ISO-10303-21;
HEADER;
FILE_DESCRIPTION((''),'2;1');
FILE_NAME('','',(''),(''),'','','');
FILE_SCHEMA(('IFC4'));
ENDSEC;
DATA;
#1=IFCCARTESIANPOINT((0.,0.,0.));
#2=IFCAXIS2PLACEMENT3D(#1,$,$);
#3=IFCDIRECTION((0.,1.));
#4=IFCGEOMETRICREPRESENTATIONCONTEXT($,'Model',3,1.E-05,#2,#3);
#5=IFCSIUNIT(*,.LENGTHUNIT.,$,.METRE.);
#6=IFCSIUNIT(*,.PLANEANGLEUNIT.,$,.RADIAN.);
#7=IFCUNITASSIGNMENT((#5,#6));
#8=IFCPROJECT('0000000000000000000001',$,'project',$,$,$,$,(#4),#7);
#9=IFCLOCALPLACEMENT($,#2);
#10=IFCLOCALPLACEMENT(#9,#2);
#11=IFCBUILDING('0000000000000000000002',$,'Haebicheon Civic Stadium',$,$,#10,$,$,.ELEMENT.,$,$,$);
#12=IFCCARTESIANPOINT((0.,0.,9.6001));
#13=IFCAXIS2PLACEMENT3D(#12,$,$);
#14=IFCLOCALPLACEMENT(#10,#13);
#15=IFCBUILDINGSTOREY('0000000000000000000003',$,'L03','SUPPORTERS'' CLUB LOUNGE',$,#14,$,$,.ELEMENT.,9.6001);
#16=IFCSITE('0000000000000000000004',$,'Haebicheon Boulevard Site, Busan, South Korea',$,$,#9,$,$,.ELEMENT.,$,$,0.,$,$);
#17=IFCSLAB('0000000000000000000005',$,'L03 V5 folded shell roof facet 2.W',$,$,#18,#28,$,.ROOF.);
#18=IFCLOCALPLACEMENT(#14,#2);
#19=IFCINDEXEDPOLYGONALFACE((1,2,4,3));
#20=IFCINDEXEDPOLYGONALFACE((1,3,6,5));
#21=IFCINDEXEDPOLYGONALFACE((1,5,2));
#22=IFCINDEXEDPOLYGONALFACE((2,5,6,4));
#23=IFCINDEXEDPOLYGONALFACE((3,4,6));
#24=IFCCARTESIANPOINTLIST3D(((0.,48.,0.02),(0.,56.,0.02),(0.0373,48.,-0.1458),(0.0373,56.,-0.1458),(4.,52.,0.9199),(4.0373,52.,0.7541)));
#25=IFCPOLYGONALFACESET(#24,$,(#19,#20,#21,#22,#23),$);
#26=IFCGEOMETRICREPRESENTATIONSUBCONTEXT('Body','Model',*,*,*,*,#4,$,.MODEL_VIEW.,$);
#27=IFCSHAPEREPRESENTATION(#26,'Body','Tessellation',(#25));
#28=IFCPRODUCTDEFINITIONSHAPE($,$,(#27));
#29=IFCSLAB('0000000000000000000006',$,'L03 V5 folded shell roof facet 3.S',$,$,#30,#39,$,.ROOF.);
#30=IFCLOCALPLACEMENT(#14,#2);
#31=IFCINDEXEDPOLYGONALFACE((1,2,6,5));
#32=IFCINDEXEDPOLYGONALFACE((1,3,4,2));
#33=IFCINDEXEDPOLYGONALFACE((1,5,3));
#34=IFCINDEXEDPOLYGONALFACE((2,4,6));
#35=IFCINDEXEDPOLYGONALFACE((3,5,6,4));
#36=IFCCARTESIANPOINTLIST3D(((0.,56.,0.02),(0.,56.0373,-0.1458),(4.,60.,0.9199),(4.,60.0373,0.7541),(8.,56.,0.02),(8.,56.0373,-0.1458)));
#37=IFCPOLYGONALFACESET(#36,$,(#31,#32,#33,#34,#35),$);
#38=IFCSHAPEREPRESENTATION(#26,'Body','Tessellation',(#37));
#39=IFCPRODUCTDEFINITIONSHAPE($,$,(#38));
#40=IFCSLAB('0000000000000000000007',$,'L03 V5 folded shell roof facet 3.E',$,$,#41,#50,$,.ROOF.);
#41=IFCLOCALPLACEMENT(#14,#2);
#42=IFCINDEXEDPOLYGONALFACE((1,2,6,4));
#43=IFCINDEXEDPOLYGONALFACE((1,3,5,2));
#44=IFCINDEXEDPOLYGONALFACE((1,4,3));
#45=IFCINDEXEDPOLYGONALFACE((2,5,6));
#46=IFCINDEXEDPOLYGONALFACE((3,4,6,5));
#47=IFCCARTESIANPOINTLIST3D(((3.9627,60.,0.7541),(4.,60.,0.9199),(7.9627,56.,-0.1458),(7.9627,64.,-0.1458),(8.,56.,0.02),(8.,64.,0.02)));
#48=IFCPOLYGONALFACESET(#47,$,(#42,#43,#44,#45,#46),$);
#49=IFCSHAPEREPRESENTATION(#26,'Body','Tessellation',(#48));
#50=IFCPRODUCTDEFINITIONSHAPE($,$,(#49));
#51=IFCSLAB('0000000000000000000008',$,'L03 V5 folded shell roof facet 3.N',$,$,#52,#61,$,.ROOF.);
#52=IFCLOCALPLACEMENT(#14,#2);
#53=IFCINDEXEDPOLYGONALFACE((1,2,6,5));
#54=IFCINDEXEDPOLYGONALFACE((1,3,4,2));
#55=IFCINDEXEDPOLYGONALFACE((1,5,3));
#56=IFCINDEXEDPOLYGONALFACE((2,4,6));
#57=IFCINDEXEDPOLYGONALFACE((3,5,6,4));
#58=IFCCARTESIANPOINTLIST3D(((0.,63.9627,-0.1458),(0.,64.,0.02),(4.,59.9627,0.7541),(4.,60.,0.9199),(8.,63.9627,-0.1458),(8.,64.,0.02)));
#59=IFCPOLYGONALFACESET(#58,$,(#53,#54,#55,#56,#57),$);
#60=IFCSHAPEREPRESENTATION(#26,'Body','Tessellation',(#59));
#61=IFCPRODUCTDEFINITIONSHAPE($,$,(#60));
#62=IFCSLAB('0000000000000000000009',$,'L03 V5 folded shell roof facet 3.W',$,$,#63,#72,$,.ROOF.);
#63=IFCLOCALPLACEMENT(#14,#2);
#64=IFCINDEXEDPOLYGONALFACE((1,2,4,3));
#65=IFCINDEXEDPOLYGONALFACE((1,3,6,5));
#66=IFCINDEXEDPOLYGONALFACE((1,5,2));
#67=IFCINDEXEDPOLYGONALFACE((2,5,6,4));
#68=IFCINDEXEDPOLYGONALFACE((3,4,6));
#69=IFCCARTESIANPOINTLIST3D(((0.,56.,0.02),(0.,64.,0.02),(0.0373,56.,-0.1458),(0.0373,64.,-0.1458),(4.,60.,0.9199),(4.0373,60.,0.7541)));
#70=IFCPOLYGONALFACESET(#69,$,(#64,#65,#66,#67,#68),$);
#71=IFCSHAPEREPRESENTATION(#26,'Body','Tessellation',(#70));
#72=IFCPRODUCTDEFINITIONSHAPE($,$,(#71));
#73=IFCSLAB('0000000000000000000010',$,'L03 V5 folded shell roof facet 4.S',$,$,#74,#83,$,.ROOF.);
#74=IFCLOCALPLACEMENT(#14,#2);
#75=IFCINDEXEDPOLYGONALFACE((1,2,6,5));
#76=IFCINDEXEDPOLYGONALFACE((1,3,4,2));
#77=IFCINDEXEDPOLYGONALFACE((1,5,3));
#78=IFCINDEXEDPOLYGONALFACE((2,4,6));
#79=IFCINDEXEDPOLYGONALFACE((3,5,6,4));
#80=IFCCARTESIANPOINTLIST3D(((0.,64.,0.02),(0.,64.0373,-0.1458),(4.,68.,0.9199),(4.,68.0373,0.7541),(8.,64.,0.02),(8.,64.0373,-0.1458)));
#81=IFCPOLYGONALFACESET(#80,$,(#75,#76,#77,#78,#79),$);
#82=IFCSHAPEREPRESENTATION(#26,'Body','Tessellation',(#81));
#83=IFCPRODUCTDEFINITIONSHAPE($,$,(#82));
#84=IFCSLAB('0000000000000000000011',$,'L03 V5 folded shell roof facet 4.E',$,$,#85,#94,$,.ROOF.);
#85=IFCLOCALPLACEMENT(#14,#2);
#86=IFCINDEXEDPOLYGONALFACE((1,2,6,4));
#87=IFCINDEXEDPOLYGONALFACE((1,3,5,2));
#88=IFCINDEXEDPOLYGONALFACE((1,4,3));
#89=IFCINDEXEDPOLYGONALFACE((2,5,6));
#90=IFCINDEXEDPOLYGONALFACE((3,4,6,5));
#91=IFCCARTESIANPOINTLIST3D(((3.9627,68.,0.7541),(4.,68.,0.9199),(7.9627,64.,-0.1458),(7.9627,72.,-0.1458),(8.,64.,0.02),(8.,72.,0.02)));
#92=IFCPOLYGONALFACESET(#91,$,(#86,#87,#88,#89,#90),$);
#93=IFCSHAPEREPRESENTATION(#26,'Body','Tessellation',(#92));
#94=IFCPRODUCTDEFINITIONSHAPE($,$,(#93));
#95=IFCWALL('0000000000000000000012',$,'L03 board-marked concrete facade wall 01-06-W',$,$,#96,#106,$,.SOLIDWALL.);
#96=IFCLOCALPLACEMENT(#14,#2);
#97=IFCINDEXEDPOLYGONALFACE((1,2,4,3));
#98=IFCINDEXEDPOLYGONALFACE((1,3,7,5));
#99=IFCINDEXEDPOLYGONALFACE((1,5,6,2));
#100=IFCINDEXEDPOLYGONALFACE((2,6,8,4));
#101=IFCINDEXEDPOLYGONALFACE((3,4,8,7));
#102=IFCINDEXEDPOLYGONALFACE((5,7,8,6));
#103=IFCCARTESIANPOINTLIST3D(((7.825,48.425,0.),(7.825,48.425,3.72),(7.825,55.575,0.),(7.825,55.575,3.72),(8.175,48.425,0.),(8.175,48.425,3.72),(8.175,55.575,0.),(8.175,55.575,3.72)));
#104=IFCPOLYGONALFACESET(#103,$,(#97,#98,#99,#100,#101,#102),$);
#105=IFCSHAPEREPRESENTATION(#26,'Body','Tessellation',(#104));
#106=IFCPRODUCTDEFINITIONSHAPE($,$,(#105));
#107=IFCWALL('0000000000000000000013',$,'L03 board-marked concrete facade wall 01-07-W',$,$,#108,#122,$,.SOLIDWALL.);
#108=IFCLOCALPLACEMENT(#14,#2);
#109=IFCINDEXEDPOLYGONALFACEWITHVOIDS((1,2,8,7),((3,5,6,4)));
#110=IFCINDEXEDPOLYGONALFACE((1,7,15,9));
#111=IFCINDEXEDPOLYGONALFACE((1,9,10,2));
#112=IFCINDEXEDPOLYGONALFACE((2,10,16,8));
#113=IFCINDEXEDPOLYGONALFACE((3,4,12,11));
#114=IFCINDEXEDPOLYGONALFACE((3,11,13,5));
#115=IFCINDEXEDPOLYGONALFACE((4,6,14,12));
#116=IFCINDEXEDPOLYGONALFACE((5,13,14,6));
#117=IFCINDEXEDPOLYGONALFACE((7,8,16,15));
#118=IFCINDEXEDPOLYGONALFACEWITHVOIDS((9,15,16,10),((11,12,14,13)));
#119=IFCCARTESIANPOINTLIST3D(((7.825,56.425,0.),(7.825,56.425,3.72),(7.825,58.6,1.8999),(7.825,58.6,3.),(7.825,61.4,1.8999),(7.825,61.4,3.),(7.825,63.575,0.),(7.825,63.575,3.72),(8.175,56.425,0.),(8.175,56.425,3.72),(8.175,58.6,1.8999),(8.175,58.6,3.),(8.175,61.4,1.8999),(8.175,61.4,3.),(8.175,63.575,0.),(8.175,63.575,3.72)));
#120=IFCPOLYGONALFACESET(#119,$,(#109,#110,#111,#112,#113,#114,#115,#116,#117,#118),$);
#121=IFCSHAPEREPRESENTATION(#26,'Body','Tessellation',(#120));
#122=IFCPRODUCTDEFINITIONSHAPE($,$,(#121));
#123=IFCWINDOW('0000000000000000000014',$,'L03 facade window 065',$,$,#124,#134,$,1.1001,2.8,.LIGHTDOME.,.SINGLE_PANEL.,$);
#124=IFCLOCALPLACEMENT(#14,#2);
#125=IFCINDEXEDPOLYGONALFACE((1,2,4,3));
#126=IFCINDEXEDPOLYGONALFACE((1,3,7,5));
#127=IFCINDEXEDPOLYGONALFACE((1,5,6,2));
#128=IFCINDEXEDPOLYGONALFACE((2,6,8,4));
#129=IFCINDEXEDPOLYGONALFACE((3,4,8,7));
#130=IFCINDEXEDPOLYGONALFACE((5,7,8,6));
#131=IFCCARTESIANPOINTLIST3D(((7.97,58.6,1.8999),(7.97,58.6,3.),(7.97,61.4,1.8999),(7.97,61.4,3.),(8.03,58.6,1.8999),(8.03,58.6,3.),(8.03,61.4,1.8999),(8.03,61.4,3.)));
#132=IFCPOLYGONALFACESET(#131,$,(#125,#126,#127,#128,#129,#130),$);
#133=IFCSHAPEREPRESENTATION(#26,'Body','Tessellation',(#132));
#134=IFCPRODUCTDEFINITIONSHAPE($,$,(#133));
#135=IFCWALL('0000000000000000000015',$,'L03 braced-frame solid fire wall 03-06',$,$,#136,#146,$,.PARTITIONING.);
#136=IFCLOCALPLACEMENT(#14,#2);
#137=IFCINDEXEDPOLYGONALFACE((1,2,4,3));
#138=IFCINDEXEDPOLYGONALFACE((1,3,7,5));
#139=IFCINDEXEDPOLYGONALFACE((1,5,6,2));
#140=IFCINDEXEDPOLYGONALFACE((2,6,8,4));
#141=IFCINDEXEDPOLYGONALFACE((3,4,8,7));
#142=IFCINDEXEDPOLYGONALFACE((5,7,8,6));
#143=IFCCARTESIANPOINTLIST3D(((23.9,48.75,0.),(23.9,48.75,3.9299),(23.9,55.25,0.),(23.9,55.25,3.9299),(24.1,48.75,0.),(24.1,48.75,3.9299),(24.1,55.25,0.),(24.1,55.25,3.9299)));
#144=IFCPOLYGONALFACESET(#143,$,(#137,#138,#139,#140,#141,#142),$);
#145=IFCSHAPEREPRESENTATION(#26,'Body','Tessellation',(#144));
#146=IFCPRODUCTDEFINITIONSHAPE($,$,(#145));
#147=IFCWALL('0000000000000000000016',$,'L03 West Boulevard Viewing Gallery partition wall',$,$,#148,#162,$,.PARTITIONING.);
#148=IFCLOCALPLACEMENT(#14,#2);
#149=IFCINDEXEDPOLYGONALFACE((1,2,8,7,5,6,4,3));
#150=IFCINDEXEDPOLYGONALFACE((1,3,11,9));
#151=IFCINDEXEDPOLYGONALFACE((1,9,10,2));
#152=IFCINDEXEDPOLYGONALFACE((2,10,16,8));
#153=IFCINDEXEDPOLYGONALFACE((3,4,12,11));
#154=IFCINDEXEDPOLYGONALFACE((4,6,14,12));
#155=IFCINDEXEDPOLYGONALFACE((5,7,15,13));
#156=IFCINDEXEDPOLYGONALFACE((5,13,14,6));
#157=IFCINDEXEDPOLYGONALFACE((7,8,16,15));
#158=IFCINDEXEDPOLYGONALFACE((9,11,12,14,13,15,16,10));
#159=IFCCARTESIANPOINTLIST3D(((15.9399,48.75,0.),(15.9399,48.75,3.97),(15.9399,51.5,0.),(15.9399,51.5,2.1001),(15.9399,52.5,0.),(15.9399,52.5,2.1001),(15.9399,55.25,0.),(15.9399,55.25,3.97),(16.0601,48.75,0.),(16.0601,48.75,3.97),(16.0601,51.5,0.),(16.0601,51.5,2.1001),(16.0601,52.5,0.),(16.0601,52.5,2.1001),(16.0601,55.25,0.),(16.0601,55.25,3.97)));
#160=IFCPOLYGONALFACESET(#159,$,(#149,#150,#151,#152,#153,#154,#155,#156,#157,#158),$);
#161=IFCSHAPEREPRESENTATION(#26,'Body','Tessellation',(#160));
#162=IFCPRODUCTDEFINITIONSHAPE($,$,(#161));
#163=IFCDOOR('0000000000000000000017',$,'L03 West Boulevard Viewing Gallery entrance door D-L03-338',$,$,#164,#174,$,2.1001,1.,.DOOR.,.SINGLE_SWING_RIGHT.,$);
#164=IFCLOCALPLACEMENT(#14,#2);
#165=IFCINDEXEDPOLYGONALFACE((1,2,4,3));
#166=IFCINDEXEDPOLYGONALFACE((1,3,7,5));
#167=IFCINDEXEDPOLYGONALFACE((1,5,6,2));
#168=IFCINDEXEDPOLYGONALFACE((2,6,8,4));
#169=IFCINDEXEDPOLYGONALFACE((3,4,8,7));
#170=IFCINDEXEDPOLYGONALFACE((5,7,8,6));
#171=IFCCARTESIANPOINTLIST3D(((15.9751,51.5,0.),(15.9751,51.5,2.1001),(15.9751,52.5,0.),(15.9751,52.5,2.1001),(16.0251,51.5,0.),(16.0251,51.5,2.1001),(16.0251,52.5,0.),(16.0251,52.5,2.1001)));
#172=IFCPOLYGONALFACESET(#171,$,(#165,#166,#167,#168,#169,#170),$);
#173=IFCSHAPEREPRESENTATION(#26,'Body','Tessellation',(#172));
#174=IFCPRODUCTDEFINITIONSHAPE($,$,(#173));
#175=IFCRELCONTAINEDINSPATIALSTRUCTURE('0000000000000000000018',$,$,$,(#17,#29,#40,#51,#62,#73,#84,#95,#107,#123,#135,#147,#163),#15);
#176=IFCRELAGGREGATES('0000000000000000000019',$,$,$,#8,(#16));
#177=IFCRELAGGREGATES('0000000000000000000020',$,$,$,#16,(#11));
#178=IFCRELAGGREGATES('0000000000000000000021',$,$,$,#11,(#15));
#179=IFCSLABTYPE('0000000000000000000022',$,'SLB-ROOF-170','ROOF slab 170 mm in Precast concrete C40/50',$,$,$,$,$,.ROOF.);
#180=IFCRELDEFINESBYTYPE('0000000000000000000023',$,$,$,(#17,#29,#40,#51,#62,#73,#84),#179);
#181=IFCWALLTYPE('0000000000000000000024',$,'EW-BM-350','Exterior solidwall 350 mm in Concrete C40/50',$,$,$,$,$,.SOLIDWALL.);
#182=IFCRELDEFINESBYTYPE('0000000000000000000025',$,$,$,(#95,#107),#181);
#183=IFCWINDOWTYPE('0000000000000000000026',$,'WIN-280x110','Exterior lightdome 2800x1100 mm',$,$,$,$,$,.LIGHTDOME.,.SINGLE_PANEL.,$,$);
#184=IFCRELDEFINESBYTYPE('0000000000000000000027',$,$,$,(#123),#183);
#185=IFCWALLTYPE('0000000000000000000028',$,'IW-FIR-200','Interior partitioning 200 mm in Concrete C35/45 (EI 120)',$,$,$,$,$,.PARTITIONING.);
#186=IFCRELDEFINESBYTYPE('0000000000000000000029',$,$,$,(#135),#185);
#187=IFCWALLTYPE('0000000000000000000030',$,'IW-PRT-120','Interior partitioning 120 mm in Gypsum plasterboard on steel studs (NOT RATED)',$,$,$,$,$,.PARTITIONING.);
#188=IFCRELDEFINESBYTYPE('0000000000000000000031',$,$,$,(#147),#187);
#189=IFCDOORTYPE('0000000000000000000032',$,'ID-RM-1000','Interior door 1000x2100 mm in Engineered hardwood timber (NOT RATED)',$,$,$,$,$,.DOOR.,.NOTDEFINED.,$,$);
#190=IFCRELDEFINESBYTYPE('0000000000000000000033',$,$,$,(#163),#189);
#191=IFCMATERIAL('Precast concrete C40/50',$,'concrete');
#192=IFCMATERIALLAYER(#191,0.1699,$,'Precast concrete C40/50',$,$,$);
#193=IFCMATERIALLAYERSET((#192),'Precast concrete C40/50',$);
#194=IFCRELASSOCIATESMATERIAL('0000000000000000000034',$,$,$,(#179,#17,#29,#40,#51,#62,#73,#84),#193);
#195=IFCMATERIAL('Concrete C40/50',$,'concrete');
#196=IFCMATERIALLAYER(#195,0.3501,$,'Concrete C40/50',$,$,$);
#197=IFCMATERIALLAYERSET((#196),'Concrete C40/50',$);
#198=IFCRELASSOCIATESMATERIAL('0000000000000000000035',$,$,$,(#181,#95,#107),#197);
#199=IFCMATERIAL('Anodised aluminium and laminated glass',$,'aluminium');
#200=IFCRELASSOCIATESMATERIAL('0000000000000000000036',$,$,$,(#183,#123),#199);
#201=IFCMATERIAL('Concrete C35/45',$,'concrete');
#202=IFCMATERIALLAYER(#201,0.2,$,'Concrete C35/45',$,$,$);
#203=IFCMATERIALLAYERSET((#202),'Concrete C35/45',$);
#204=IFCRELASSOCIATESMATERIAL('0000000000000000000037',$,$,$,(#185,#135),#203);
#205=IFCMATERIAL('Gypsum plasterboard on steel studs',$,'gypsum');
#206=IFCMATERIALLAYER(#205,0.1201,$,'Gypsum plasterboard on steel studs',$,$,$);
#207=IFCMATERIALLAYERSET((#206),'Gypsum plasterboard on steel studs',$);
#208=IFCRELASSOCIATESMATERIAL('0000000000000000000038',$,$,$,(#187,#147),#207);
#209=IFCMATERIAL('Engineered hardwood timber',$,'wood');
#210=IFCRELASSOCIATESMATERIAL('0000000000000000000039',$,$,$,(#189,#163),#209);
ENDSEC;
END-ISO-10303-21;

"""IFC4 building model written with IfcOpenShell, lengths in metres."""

from ifc_helpers import new_model, si_unit, direction, frame, frame_2d, origin, place, context, subcontext, project, spatial, polyline, rectangle, outline, extrude, material, layer, layer_set, type_object, element, fill, save


model = new_model("IFC4")

# Units and contexts
model_context = context("Model", 3, precision=1e-05, world=origin(), true_north=direction((0.0, 1.0)))
body_context = subcontext(model_context, "Body", "Model", "MODEL_VIEW")
ifc_project = project(units=[si_unit("LENGTHUNIT", "METRE"), si_unit("PLANEANGLEUNIT", "RADIAN")], contexts=[model_context])

# Site, building, storey
site_placement = place(None, origin())
site = spatial("IfcSite", under=ifc_project, at=site_placement, Name="Haebicheon Boulevard Site, Busan, South Korea", CompositionType="ELEMENT", RefElevation=0.0)
building_placement = place(site_placement, origin())
building = spatial("IfcBuilding", under=site, at=building_placement, Name="Haebicheon Civic Stadium", CompositionType="ELEMENT")
storey_placement = place(building_placement, frame((0.0, 0.0, 9.6001)))
storey = spatial("IfcBuildingStorey", under=building, at=storey_placement, Name="L03", Description="SUPPORTERS' CLUB LOUNGE", CompositionType="ELEMENT", Elevation=9.6001)

# Slabs
ifc_material_1 = material(Name="Precast concrete C40/50", Category="concrete")
ifc_layer_1 = layer(ifc_material_1, 0.1699, Name="Precast concrete C40/50")
ifc_layer_set_1 = layer_set([ifc_layer_1], Name="Precast concrete C40/50")
slab_type = type_object("IfcSlabType", Name="SLB-ROOF-170", Description="ROOF slab 170 mm in Precast concrete C40/50", PredefinedType="ROOF", material=ifc_layer_set_1)
for number, where, z_axis, x_axis, name in (
    (1, (0.0, 56.0, 0.02), (-0.21949, 0.0, 0.975615), (0.0, -1.0, 0.0), "L03 V5 folded shell roof facet 2.W"),
    (2, (0.0, 56.0, 0.02), (0.0, -0.21949, 0.975615), (1.0, 0.0, 0.0), "L03 V5 folded shell roof facet 3.S"),
    (3, (8.0, 56.0, 0.02), (0.21949, 0.0, 0.975615), (0.0, 1.0, 0.0), "L03 V5 folded shell roof facet 3.E"),
    (4, (8.0, 64.0, 0.02), (0.0, 0.21949, 0.975615), (-1.0, 0.0, 0.0), "L03 V5 folded shell roof facet 3.N"),
    (5, (0.0, 64.0, 0.02), (-0.21949, 0.0, 0.975615), (0.0, -1.0, 0.0), "L03 V5 folded shell roof facet 3.W"),
    (6, (0.0, 64.0, 0.02), (0.0, -0.21949, 0.975615), (1.0, 0.0, 0.0), "L03 V5 folded shell roof facet 4.S"),
    (7, (8.0, 64.0, 0.02), (0.21949, 0.0, 0.975615), (0.0, 1.0, 0.0), "L03 V5 folded shell roof facet 4.E"),
):
    element("IfcSlab", number, at=place(storey_placement, frame(where, z_axis=z_axis, x_axis=x_axis)), inside=storey, type_object=slab_type, material=ifc_layer_set_1, Name=name, PredefinedType="ROOF", context=body_context, shape_type="SweptSolid", body=[
        extrude(outline(polyline([(0.0, 0.0), (8.0, 0.0), (4.0, 4.1), (0.0, 0.0)])), origin(), (0.0, 0.0, -1.0), 0.1699),
    ])

# Wall
ifc_material_2 = material(Name="Concrete C40/50", Category="concrete")
ifc_layer_2 = layer(ifc_material_2, 0.3501, Name="Concrete C40/50")
ifc_layer_set_2 = layer_set([ifc_layer_2], Name="Concrete C40/50")
wall_type_1 = type_object("IfcWallType", Name="EW-BM-350", Description="Exterior solidwall 350 mm in Concrete C40/50", PredefinedType="SOLIDWALL", material=ifc_layer_set_2)
wall_1_placement = place(storey_placement, frame((8.0, 48.425, 0.0), z_axis=(0.0, 0.0, 1.0), x_axis=(0.0, 1.0, 0.0)))
element("IfcWall", 8, at=wall_1_placement, inside=storey, type_object=wall_type_1, material=ifc_layer_set_2, Name="L03 board-marked concrete facade wall 01-06-W", PredefinedType="SOLIDWALL", context=body_context, shape_type="SweptSolid", body=[
    extrude(rectangle(XDim=7.1499, YDim=0.3501, at=frame_2d((3.575, 0.0))), origin(), (0.0, 0.0, 1.0), 3.72),
])

# Wall, opening, window
wall_2_placement = place(storey_placement, frame((8.0, 56.425, 0.0), z_axis=(0.0, 0.0, 1.0), x_axis=(0.0, 1.0, 0.0)))
wall_2 = element("IfcWall", 9, at=wall_2_placement, inside=storey, type_object=wall_type_1, material=ifc_layer_set_2, Name="L03 board-marked concrete facade wall 01-07-W", PredefinedType="SOLIDWALL", context=body_context, shape_type="SweptSolid", body=[
    extrude(rectangle(XDim=7.1499, YDim=0.3501, at=frame_2d((3.575, 0.0))), origin(), (0.0, 0.0, 1.0), 3.72),
])
opening_1_placement = place(wall_2_placement, frame((2.175, 0.0, 1.8999)))
opening_1 = element("IfcOpeningElement", 10, at=opening_1_placement, cuts=wall_2, PredefinedType="OPENING", context=body_context, shape_type="SweptSolid", body=[
    extrude(rectangle(XDim=2.8, YDim=1.1001, at=frame_2d((1.3999, 0.55))), frame((0.0, 0.1851, 0.0), z_axis=(0.0, -1.0, 0.0), x_axis=(1.0, 0.0, 0.0)), (0.0, 0.0, 1.0), 0.3701),
])
ifc_material_3 = material(Name="Anodised aluminium and laminated glass", Category="aluminium")
window_type = type_object("IfcWindowType", Name="WIN-280x110", Description="Exterior lightdome 2800x1100 mm", PartitioningType="SINGLE_PANEL", PredefinedType="LIGHTDOME", material=ifc_material_3)
window_placement = place(opening_1_placement, origin())
window = element("IfcWindow", 11, at=window_placement, inside=storey, type_object=window_type, material=ifc_material_3, Name="L03 facade window 065", OverallHeight=1.1001, OverallWidth=2.8, PartitioningType="SINGLE_PANEL", PredefinedType="LIGHTDOME", context=body_context, shape_type="SweptSolid", body=[
    extrude(rectangle(XDim=2.8, YDim=1.1001, at=frame_2d((1.3999, 0.55))), frame((0.0, 0.03, 0.0), z_axis=(0.0, -1.0, 0.0), x_axis=(1.0, 0.0, 0.0)), (0.0, 0.0, 1.0), 0.0601),
])
fill(opening_1, window)

# Wall
ifc_material_4 = material(Name="Concrete C35/45", Category="concrete")
ifc_layer_3 = layer(ifc_material_4, 0.2, Name="Concrete C35/45")
ifc_layer_set_3 = layer_set([ifc_layer_3], Name="Concrete C35/45")
wall_type_2 = type_object("IfcWallType", Name="IW-FIR-200", Description="Interior partitioning 200 mm in Concrete C35/45 (EI 120)", PredefinedType="PARTITIONING", material=ifc_layer_set_3)
wall_3_placement = place(storey_placement, frame((24.0, 48.75, 0.0), z_axis=(0.0, 0.0, 1.0), x_axis=(0.0, 1.0, 0.0)))
element("IfcWall", 12, at=wall_3_placement, inside=storey, type_object=wall_type_2, material=ifc_layer_set_3, Name="L03 braced-frame solid fire wall 03-06", PredefinedType="PARTITIONING", context=body_context, shape_type="SweptSolid", body=[
    extrude(rectangle(XDim=6.5, YDim=0.2, at=frame_2d((3.25, 0.0))), origin(), (0.0, 0.0, 1.0), 3.9299),
])

# Wall, opening, door
ifc_material_5 = material(Name="Gypsum plasterboard on steel studs", Category="gypsum")
ifc_layer_4 = layer(ifc_material_5, 0.1201, Name="Gypsum plasterboard on steel studs")
ifc_layer_set_4 = layer_set([ifc_layer_4], Name="Gypsum plasterboard on steel studs")
wall_type_3 = type_object("IfcWallType", Name="IW-PRT-120", Description="Interior partitioning 120 mm in Gypsum plasterboard on steel studs (NOT RATED)", PredefinedType="PARTITIONING", material=ifc_layer_set_4)
wall_4_placement = place(storey_placement, frame((16.0, 48.75, 0.0), z_axis=(0.0, 0.0, 1.0), x_axis=(0.0, 1.0, 0.0)))
wall_4 = element("IfcWall", 13, at=wall_4_placement, inside=storey, type_object=wall_type_3, material=ifc_layer_set_4, Name="L03 West Boulevard Viewing Gallery partition wall", PredefinedType="PARTITIONING", context=body_context, shape_type="SweptSolid", body=[
    extrude(rectangle(XDim=6.5, YDim=0.1201, at=frame_2d((3.25, 0.0))), origin(), (0.0, 0.0, 1.0), 3.97),
])
opening_2_placement = place(wall_4_placement, frame((2.75, 0.0, 0.0)))
opening_2 = element("IfcOpeningElement", 14, at=opening_2_placement, cuts=wall_4, PredefinedType="OPENING", context=body_context, shape_type="SweptSolid", body=[
    extrude(rectangle(XDim=1.0, YDim=2.1001, at=frame_2d((0.5, 1.05))), frame((0.0, 0.0701, 0.0), z_axis=(0.0, -1.0, 0.0), x_axis=(1.0, 0.0, 0.0)), (0.0, 0.0, 1.0), 0.1401),
])
ifc_material_6 = material(Name="Engineered hardwood timber", Category="wood")
door_type = type_object("IfcDoorType", Name="ID-RM-1000", Description="Interior door 1000x2100 mm in Engineered hardwood timber (NOT RATED)", OperationType="NOTDEFINED", PredefinedType="DOOR", material=ifc_material_6)
door_1_placement = place(opening_2_placement, origin())
door_1 = element("IfcDoor", 15, at=door_1_placement, inside=storey, type_object=door_type, material=ifc_material_6, Name="L03 West Boulevard Viewing Gallery entrance door D-L03-338", OperationType="SINGLE_SWING_RIGHT", OverallHeight=2.1001, OverallWidth=1.0, PredefinedType="DOOR", context=body_context, shape_type="SweptSolid", body=[
    extrude(rectangle(XDim=1.0, YDim=2.1001, at=frame_2d((0.5, 1.05))), frame((0.0, 0.0249, 0.0), z_axis=(0.0, -1.0, 0.0), x_axis=(1.0, 0.0, 0.0)), (0.0, 0.0, 1.0), 0.05),
])
fill(opening_2, door_1)

save(model, "model.ifc")
